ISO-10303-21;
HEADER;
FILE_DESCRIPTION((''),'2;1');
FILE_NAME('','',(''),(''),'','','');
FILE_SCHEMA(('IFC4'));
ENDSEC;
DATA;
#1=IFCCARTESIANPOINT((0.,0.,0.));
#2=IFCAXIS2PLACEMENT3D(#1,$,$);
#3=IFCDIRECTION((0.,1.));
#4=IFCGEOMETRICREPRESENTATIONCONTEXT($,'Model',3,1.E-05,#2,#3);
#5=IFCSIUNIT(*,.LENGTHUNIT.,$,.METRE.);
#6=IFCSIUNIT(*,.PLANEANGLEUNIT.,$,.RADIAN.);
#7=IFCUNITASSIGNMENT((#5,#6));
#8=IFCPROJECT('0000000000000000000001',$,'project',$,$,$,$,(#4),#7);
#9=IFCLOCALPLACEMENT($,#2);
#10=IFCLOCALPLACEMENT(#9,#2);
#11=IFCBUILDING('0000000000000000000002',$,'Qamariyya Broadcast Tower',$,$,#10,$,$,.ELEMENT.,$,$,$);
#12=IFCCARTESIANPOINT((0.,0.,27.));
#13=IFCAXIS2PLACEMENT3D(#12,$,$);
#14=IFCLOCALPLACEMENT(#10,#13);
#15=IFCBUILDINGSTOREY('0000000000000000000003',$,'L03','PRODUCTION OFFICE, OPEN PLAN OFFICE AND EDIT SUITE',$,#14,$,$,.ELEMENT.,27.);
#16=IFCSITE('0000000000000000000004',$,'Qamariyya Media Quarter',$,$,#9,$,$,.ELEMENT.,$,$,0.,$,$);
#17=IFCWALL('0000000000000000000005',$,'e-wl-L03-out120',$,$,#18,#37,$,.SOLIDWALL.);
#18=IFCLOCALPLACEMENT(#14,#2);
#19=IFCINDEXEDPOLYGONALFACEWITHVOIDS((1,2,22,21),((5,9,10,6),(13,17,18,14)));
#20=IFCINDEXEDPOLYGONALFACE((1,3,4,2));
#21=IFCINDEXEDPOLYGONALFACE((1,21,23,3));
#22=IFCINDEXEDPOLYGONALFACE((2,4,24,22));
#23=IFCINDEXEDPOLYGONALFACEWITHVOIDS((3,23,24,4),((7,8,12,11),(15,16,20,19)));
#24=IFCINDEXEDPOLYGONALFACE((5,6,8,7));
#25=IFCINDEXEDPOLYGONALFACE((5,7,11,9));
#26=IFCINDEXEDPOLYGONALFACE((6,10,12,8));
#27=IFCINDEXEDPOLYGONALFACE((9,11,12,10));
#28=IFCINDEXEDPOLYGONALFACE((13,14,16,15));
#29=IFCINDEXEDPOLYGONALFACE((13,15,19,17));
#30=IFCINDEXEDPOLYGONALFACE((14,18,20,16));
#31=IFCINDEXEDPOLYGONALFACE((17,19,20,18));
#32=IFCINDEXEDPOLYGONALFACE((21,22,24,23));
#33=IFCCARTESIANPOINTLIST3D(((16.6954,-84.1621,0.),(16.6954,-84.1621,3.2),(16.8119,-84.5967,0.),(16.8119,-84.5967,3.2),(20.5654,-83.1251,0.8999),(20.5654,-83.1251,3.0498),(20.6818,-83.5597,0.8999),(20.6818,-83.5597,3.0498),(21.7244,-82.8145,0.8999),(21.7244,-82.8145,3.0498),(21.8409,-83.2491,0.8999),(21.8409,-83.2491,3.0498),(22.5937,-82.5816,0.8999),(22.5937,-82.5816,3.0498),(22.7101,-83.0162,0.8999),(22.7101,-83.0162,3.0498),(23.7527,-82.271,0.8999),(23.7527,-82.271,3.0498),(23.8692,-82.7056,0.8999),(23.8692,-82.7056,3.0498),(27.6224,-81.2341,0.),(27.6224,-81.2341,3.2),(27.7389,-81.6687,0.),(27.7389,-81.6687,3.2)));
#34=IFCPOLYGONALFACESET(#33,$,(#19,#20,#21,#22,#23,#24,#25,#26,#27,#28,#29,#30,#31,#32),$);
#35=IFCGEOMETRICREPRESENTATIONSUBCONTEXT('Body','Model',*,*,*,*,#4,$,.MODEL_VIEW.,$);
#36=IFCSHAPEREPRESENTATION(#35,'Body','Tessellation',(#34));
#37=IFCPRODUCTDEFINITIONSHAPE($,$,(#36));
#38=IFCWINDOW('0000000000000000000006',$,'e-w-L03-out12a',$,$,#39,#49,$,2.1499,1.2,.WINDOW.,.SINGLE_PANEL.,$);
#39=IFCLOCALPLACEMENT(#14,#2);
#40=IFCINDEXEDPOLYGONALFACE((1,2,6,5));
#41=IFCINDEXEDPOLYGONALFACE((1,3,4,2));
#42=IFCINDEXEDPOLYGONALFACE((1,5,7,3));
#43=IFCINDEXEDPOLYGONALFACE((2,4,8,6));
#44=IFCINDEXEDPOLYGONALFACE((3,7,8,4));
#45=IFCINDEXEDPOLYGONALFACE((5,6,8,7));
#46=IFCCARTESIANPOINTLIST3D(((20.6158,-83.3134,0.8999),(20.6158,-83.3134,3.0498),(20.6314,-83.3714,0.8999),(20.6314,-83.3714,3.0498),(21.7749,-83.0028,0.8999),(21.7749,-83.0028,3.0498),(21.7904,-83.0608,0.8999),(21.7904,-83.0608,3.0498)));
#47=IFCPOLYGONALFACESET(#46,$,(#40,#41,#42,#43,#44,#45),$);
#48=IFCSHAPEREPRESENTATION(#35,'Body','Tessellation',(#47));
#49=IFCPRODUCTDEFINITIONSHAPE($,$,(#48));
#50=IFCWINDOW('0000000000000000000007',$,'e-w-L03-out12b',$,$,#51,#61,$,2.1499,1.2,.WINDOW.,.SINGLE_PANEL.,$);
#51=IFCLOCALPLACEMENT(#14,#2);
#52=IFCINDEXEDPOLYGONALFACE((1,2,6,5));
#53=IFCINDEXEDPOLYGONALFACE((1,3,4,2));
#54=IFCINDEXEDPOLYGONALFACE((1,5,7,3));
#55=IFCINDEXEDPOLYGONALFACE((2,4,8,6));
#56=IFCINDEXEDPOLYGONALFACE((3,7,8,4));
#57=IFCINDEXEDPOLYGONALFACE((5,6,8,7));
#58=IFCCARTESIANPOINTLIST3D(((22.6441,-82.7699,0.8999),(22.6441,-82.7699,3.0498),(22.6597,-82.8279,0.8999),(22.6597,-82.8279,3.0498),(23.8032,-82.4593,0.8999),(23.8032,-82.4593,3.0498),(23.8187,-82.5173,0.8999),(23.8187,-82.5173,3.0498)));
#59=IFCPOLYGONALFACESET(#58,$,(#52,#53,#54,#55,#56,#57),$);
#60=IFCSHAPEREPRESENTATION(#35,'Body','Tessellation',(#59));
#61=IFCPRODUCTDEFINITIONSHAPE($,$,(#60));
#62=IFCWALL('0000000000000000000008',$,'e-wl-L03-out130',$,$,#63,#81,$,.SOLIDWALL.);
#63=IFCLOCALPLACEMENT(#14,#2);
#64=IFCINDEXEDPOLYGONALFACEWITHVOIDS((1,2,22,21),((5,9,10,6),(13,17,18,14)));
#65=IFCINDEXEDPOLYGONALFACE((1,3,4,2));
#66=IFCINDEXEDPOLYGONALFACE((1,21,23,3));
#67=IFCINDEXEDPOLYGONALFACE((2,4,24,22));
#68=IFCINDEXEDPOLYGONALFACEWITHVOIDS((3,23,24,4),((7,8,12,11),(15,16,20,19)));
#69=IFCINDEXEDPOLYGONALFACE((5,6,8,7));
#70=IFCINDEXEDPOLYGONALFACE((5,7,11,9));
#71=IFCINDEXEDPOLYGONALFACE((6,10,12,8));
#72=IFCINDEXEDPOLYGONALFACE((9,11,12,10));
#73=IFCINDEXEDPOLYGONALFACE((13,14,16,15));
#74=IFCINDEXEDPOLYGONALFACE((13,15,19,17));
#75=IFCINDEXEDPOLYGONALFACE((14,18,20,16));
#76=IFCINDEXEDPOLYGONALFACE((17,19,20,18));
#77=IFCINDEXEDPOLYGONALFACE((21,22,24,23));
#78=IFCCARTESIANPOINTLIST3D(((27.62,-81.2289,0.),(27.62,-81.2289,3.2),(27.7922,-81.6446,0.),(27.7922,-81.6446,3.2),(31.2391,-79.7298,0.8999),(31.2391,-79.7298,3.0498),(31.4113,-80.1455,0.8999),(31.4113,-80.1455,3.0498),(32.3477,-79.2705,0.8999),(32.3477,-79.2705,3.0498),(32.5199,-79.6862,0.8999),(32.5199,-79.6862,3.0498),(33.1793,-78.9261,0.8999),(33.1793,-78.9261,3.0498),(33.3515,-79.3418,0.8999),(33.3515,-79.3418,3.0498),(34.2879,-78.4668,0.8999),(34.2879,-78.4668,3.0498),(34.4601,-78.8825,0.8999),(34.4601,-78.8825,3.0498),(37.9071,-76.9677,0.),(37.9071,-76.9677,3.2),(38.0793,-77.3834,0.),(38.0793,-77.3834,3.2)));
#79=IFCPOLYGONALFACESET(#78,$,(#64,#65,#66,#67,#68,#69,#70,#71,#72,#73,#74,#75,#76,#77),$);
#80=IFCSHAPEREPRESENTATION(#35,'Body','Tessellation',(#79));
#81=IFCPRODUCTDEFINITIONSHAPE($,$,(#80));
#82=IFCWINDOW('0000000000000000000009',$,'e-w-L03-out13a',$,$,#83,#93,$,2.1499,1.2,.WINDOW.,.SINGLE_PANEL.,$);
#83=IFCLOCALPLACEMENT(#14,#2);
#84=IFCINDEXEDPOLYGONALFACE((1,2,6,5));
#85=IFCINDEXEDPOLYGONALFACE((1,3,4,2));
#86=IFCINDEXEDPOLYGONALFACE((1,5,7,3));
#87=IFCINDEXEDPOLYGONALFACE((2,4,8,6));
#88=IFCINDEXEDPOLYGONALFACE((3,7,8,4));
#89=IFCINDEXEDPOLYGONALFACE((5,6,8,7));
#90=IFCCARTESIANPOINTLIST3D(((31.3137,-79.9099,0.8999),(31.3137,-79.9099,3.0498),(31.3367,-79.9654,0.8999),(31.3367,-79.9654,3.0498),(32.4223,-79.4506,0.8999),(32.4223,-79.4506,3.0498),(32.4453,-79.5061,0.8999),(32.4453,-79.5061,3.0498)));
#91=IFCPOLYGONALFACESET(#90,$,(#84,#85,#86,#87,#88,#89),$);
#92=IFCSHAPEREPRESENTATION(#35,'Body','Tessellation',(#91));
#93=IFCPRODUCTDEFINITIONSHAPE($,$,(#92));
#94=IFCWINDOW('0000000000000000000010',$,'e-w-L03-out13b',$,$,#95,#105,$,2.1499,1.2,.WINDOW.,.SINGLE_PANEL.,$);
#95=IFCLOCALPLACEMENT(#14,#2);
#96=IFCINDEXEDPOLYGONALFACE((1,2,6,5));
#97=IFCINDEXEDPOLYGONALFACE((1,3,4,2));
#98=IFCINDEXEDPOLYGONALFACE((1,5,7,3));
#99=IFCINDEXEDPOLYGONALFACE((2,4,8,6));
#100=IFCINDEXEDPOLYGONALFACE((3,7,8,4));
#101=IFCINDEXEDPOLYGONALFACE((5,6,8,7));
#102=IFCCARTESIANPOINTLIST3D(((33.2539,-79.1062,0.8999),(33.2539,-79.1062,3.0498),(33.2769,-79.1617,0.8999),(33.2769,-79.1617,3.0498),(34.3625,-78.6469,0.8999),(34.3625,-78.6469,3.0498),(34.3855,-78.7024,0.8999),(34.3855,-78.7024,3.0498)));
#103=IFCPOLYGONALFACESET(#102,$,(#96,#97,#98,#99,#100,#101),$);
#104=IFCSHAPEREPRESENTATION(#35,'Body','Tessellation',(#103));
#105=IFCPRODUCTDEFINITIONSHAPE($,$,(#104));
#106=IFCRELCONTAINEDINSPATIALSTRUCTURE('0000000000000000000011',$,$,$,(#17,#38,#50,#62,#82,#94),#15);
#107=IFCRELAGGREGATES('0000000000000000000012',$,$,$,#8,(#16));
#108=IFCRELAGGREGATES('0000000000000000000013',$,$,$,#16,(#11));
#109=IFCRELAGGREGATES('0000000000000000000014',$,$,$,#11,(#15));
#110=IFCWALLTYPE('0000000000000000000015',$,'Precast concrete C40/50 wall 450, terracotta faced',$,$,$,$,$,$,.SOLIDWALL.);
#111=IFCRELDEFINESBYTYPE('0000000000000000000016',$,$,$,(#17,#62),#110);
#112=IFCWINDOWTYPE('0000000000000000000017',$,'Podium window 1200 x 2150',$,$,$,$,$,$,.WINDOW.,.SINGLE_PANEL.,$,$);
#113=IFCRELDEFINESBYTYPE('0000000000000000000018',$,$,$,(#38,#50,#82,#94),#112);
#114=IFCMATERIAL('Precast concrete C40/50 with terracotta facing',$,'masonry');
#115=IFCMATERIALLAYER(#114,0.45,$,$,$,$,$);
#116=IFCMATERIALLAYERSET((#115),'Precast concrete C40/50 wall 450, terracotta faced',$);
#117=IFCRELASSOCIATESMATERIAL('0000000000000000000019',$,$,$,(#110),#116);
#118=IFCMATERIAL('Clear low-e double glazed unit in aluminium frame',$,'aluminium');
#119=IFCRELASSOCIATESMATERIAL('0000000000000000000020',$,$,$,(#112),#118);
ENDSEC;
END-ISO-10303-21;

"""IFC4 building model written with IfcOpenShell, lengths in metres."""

from ifc_helpers import new_model, si_unit, direction, frame, frame_2d, origin, place, context, subcontext, project, spatial, rectangle, extrude, material, layer, layer_set, type_object, element, fill, save


model = new_model("IFC4")

# Units and contexts
model_context = context("Model", 3, precision=1e-05, world=origin(), true_north=direction((0.0, 1.0)))
body_context = subcontext(model_context, "Body", "Model", "MODEL_VIEW")
ifc_project = project(units=[si_unit("LENGTHUNIT", "METRE"), si_unit("PLANEANGLEUNIT", "RADIAN")], contexts=[model_context])

# Site, building, storey
site_placement = place(None, origin())
site = spatial("IfcSite", under=ifc_project, at=site_placement, Name="Qamariyya Media Quarter", CompositionType="ELEMENT", RefElevation=0.0)
building_placement = place(site_placement, origin())
building = spatial("IfcBuilding", under=site, at=building_placement, Name="Qamariyya Broadcast Tower", CompositionType="ELEMENT")
storey_placement = place(building_placement, frame((0.0, 0.0, 27.0)))
storey = spatial("IfcBuildingStorey", under=building, at=storey_placement, Name="L03", Description="PRODUCTION OFFICE, OPEN PLAN OFFICE AND EDIT SUITE", CompositionType="ELEMENT", Elevation=27.0)

# Walls, openings, windows
ifc_material_1 = material(Name="Precast concrete C40/50 with terracotta facing", Category="masonry")
ifc_layer_1 = layer(ifc_material_1, 0.45)
ifc_layer_set_1 = layer_set([ifc_layer_1], Name="Precast concrete C40/50 wall 450, terracotta faced")
wall_type_1 = type_object("IfcWallType", Name="Precast concrete C40/50 wall 450, terracotta faced", PredefinedType="SOLIDWALL", material=ifc_layer_set_1)
wall_1_placement = place(storey_placement, frame((16.7537, -84.3794, 0.0), z_axis=(0.0, 0.0, 1.0), x_axis=(0.965924, 0.258827, 0.0)))
wall_1 = element("IfcWall", 1, at=wall_1_placement, inside=storey, type_object=wall_type_1, Name="e-wl-L03-out120", PredefinedType="SOLIDWALL", context=body_context, shape_type="SweptSolid", body=[
    extrude(rectangle(XDim=11.3125, YDim=0.45, at=frame_2d((5.6562, 0.0))), origin(), (0.0, 0.0, 1.0), 3.2),
])
opening_1_placement = place(wall_1_placement, frame((4.0063, 0.0, 0.8999)))
opening_1 = element("IfcOpeningElement", 2, at=opening_1_placement, cuts=wall_1, PredefinedType="OPENING", context=body_context, shape_type="SweptSolid", body=[
    extrude(rectangle(XDim=1.2, YDim=2.1499, at=frame_2d((0.6001, 1.075))), frame((0.0, 0.2349, 0.0), z_axis=(0.0, -1.0, 0.0), x_axis=(1.0, 0.0, 0.0)), (0.0, 0.0, 1.0), 0.47),
])
opening_2_placement = place(wall_1_placement, frame((6.1062, 0.0, 0.8999)))
opening_2 = element("IfcOpeningElement", 3, at=opening_2_placement, cuts=wall_1, PredefinedType="OPENING", context=body_context, shape_type="SweptSolid", body=[
    extrude(rectangle(XDim=1.2, YDim=2.1499, at=frame_2d((0.6001, 1.075))), frame((0.0, 0.2349, 0.0), z_axis=(0.0, -1.0, 0.0), x_axis=(1.0, 0.0, 0.0)), (0.0, 0.0, 1.0), 0.47),
])
ifc_material_2 = material(Name="Clear low-e double glazed unit in aluminium frame", Category="aluminium")
window_type = type_object("IfcWindowType", Name="Podium window 1200 x 2150", PartitioningType="SINGLE_PANEL", PredefinedType="WINDOW", material=ifc_material_2)
window_1_placement = place(opening_1_placement, origin())
window_1 = element("IfcWindow", 4, at=window_1_placement, inside=storey, type_object=window_type, Name="e-w-L03-out12a", OverallHeight=2.1499, OverallWidth=1.2, PartitioningType="SINGLE_PANEL", PredefinedType="WINDOW", context=body_context, shape_type="SweptSolid", body=[
    extrude(rectangle(XDim=1.2, YDim=2.1499, at=frame_2d((0.6001, 1.075))), frame((0.0, 0.03, 0.0), z_axis=(0.0, -1.0, 0.0), x_axis=(1.0, 0.0, 0.0)), (0.0, 0.0, 1.0), 0.0601),
])
fill(opening_1, window_1)
window_2_placement = place(opening_2_placement, origin())
window_2 = element("IfcWindow", 5, at=window_2_placement, inside=storey, type_object=window_type, Name="e-w-L03-out12b", OverallHeight=2.1499, OverallWidth=1.2, PartitioningType="SINGLE_PANEL", PredefinedType="WINDOW", context=body_context, shape_type="SweptSolid", body=[
    extrude(rectangle(XDim=1.2, YDim=2.1499, at=frame_2d((0.6001, 1.075))), frame((0.0, 0.03, 0.0), z_axis=(0.0, -1.0, 0.0), x_axis=(1.0, 0.0, 0.0)), (0.0, 0.0, 1.0), 0.0601),
])
fill(opening_2, window_2)
wall_2_placement = place(storey_placement, frame((27.7061, -81.4368, 0.0), z_axis=(0.0, 0.0, 1.0), x_axis=(0.923874, 0.382696, 0.0)))
wall_2 = element("IfcWall", 6, at=wall_2_placement, inside=storey, type_object=wall_type_1, Name="e-wl-L03-out130", PredefinedType="SOLIDWALL", context=body_context, shape_type="SweptSolid", body=[
    extrude(rectangle(XDim=11.1348, YDim=0.45, at=frame_2d((5.5674, 0.0))), origin(), (0.0, 0.0, 1.0), 3.2),
])
opening_3_placement = place(wall_2_placement, frame((3.9172, 0.0, 0.8999)))
opening_3 = element("IfcOpeningElement", 7, at=opening_3_placement, cuts=wall_2, PredefinedType="OPENING", context=body_context, shape_type="SweptSolid", body=[
    extrude(rectangle(XDim=1.2, YDim=2.1499, at=frame_2d((0.6001, 1.075))), frame((0.0, 0.2349, 0.0), z_axis=(0.0, -1.0, 0.0), x_axis=(1.0, 0.0, 0.0)), (0.0, 0.0, 1.0), 0.47),
])
opening_4_placement = place(wall_2_placement, frame((6.0173, 0.0, 0.8999)))
opening_4 = element("IfcOpeningElement", 8, at=opening_4_placement, cuts=wall_2, PredefinedType="OPENING", context=body_context, shape_type="SweptSolid", body=[
    extrude(rectangle(XDim=1.2, YDim=2.1499, at=frame_2d((0.6001, 1.075))), frame((0.0, 0.2349, 0.0), z_axis=(0.0, -1.0, 0.0), x_axis=(1.0, 0.0, 0.0)), (0.0, 0.0, 1.0), 0.47),
])
window_3_placement = place(opening_3_placement, origin())
window_3 = element("IfcWindow", 9, at=window_3_placement, inside=storey, type_object=window_type, Name="e-w-L03-out13a", OverallHeight=2.1499, OverallWidth=1.2, PartitioningType="SINGLE_PANEL", PredefinedType="WINDOW", context=body_context, shape_type="SweptSolid", body=[
    extrude(rectangle(XDim=1.2, YDim=2.1499, at=frame_2d((0.6001, 1.075))), frame((0.0, 0.03, 0.0), z_axis=(0.0, -1.0, 0.0), x_axis=(1.0, 0.0, 0.0)), (0.0, 0.0, 1.0), 0.0601),
])
fill(opening_3, window_3)
window_4_placement = place(opening_4_placement, origin())
window_4 = element("IfcWindow", 10, at=window_4_placement, inside=storey, type_object=window_type, Name="e-w-L03-out13b", OverallHeight=2.1499, OverallWidth=1.2, PartitioningType="SINGLE_PANEL", PredefinedType="WINDOW", context=body_context, shape_type="SweptSolid", body=[
    extrude(rectangle(XDim=1.2, YDim=2.1499, at=frame_2d((0.6001, 1.075))), frame((0.0, 0.03, 0.0), z_axis=(0.0, -1.0, 0.0), x_axis=(1.0, 0.0, 0.0)), (0.0, 0.0, 1.0), 0.0601),
])
fill(opening_4, window_4)

save(model, "model.ifc")
